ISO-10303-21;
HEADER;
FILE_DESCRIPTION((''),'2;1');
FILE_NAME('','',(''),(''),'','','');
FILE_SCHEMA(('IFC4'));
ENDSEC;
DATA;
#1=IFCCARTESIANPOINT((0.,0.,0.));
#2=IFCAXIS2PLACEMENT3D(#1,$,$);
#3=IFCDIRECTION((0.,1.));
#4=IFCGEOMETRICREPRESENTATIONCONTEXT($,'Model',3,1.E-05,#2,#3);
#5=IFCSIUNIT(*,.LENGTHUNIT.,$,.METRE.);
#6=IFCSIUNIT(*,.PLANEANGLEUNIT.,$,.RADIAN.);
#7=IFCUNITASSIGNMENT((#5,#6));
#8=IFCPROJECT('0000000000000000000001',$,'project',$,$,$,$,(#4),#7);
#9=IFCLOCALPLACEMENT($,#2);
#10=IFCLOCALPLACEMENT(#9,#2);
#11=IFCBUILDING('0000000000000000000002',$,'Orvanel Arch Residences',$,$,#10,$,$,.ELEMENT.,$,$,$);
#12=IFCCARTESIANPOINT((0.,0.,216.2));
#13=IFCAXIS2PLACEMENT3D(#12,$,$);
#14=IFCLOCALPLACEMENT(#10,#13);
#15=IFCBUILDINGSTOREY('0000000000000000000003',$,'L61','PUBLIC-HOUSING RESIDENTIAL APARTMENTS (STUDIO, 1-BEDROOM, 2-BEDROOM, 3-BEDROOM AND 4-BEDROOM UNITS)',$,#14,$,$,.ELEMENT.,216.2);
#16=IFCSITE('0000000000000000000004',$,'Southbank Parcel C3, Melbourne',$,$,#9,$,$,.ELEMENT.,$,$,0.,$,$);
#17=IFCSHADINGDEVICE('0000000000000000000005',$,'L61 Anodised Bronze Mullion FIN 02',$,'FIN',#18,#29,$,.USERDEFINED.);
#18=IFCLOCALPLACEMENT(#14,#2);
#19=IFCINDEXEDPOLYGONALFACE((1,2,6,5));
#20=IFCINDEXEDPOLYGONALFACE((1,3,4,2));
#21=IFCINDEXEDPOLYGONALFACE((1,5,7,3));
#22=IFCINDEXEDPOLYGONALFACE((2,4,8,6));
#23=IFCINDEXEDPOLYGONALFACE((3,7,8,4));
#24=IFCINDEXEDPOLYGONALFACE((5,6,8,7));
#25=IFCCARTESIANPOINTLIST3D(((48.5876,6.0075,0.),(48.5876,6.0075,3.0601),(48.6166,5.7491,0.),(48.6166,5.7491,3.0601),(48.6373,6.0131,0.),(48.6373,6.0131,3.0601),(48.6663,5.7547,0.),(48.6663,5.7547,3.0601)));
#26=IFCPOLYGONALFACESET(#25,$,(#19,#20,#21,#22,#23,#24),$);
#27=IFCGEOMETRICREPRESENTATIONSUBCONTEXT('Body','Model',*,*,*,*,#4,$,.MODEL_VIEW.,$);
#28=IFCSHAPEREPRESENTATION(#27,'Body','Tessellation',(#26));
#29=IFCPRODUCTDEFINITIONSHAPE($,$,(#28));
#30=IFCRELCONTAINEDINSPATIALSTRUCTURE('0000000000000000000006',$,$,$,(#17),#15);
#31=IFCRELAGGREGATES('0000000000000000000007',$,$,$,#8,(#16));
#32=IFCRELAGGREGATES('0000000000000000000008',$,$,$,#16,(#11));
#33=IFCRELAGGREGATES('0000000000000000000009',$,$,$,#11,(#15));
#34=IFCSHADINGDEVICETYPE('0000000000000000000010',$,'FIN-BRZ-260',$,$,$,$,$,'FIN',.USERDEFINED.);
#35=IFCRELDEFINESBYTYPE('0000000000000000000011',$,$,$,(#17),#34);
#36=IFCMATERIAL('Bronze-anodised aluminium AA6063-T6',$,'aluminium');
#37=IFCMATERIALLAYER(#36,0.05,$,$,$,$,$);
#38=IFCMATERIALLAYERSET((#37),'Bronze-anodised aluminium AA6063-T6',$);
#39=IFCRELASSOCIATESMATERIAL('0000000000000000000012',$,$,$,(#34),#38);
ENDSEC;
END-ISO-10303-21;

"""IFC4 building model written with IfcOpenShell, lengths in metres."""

from ifc_helpers import new_model, si_unit, direction, frame, origin, origin_2d, place, context, subcontext, project, spatial, rectangle, extrude, material, layer, layer_set, type_object, element, save


model = new_model("IFC4")

# Units and contexts
model_context = context("Model", 3, precision=1e-05, world=origin(), true_north=direction((0.0, 1.0)))
body_context = subcontext(model_context, "Body", "Model", "MODEL_VIEW")
ifc_project = project(units=[si_unit("LENGTHUNIT", "METRE"), si_unit("PLANEANGLEUNIT", "RADIAN")], contexts=[model_context])

# Site, building, storey
site_placement = place(None, origin())
site = spatial("IfcSite", under=ifc_project, at=site_placement, Name="Southbank Parcel C3, Melbourne", CompositionType="ELEMENT", RefElevation=0.0)
building_placement = place(site_placement, origin())
building = spatial("IfcBuilding", under=site, at=building_placement, Name="Orvanel Arch Residences", CompositionType="ELEMENT")
storey_placement = place(building_placement, frame((0.0, 0.0, 216.2)))
storey = spatial("IfcBuildingStorey", under=building, at=storey_placement, Name="L61", Description="PUBLIC-HOUSING RESIDENTIAL APARTMENTS (STUDIO, 1-BEDROOM, 2-BEDROOM, 3-BEDROOM AND 4-BEDROOM UNITS)", CompositionType="ELEMENT", Elevation=216.2)

# Shared definitions
ifc_material_1 = material(Name="Bronze-anodised aluminium AA6063-T6", Category="aluminium")

# Shading device
ifc_layer_1 = layer(ifc_material_1, 0.05)
ifc_layer_set_1 = layer_set([ifc_layer_1], Name="Bronze-anodised aluminium AA6063-T6")
shading_device_type = type_object("IfcShadingDeviceType", Name="FIN-BRZ-260", ElementType="FIN", PredefinedType="USERDEFINED", material=ifc_layer_set_1)
for number, where, z_axis, x_axis, name in (
    (1, (48.627, 5.8811, 0.0), (0.0, 0.0, 1.0), (0.111469, -0.993768, 0.0), "L61 Anodised Bronze Mullion FIN 02"),
):
    element("IfcShadingDevice", number, at=place(storey_placement, frame(where, z_axis=z_axis, x_axis=x_axis)), inside=storey, type_object=shading_device_type, Name=name, ObjectType="FIN", PredefinedType="USERDEFINED", context=body_context, shape_type="SweptSolid", body=[
        extrude(rectangle(XDim=0.26, YDim=0.05, at=origin_2d()), origin(), (0.0, 0.0, 1.0), 3.0601),
    ])

save(model, "model.ifc")
